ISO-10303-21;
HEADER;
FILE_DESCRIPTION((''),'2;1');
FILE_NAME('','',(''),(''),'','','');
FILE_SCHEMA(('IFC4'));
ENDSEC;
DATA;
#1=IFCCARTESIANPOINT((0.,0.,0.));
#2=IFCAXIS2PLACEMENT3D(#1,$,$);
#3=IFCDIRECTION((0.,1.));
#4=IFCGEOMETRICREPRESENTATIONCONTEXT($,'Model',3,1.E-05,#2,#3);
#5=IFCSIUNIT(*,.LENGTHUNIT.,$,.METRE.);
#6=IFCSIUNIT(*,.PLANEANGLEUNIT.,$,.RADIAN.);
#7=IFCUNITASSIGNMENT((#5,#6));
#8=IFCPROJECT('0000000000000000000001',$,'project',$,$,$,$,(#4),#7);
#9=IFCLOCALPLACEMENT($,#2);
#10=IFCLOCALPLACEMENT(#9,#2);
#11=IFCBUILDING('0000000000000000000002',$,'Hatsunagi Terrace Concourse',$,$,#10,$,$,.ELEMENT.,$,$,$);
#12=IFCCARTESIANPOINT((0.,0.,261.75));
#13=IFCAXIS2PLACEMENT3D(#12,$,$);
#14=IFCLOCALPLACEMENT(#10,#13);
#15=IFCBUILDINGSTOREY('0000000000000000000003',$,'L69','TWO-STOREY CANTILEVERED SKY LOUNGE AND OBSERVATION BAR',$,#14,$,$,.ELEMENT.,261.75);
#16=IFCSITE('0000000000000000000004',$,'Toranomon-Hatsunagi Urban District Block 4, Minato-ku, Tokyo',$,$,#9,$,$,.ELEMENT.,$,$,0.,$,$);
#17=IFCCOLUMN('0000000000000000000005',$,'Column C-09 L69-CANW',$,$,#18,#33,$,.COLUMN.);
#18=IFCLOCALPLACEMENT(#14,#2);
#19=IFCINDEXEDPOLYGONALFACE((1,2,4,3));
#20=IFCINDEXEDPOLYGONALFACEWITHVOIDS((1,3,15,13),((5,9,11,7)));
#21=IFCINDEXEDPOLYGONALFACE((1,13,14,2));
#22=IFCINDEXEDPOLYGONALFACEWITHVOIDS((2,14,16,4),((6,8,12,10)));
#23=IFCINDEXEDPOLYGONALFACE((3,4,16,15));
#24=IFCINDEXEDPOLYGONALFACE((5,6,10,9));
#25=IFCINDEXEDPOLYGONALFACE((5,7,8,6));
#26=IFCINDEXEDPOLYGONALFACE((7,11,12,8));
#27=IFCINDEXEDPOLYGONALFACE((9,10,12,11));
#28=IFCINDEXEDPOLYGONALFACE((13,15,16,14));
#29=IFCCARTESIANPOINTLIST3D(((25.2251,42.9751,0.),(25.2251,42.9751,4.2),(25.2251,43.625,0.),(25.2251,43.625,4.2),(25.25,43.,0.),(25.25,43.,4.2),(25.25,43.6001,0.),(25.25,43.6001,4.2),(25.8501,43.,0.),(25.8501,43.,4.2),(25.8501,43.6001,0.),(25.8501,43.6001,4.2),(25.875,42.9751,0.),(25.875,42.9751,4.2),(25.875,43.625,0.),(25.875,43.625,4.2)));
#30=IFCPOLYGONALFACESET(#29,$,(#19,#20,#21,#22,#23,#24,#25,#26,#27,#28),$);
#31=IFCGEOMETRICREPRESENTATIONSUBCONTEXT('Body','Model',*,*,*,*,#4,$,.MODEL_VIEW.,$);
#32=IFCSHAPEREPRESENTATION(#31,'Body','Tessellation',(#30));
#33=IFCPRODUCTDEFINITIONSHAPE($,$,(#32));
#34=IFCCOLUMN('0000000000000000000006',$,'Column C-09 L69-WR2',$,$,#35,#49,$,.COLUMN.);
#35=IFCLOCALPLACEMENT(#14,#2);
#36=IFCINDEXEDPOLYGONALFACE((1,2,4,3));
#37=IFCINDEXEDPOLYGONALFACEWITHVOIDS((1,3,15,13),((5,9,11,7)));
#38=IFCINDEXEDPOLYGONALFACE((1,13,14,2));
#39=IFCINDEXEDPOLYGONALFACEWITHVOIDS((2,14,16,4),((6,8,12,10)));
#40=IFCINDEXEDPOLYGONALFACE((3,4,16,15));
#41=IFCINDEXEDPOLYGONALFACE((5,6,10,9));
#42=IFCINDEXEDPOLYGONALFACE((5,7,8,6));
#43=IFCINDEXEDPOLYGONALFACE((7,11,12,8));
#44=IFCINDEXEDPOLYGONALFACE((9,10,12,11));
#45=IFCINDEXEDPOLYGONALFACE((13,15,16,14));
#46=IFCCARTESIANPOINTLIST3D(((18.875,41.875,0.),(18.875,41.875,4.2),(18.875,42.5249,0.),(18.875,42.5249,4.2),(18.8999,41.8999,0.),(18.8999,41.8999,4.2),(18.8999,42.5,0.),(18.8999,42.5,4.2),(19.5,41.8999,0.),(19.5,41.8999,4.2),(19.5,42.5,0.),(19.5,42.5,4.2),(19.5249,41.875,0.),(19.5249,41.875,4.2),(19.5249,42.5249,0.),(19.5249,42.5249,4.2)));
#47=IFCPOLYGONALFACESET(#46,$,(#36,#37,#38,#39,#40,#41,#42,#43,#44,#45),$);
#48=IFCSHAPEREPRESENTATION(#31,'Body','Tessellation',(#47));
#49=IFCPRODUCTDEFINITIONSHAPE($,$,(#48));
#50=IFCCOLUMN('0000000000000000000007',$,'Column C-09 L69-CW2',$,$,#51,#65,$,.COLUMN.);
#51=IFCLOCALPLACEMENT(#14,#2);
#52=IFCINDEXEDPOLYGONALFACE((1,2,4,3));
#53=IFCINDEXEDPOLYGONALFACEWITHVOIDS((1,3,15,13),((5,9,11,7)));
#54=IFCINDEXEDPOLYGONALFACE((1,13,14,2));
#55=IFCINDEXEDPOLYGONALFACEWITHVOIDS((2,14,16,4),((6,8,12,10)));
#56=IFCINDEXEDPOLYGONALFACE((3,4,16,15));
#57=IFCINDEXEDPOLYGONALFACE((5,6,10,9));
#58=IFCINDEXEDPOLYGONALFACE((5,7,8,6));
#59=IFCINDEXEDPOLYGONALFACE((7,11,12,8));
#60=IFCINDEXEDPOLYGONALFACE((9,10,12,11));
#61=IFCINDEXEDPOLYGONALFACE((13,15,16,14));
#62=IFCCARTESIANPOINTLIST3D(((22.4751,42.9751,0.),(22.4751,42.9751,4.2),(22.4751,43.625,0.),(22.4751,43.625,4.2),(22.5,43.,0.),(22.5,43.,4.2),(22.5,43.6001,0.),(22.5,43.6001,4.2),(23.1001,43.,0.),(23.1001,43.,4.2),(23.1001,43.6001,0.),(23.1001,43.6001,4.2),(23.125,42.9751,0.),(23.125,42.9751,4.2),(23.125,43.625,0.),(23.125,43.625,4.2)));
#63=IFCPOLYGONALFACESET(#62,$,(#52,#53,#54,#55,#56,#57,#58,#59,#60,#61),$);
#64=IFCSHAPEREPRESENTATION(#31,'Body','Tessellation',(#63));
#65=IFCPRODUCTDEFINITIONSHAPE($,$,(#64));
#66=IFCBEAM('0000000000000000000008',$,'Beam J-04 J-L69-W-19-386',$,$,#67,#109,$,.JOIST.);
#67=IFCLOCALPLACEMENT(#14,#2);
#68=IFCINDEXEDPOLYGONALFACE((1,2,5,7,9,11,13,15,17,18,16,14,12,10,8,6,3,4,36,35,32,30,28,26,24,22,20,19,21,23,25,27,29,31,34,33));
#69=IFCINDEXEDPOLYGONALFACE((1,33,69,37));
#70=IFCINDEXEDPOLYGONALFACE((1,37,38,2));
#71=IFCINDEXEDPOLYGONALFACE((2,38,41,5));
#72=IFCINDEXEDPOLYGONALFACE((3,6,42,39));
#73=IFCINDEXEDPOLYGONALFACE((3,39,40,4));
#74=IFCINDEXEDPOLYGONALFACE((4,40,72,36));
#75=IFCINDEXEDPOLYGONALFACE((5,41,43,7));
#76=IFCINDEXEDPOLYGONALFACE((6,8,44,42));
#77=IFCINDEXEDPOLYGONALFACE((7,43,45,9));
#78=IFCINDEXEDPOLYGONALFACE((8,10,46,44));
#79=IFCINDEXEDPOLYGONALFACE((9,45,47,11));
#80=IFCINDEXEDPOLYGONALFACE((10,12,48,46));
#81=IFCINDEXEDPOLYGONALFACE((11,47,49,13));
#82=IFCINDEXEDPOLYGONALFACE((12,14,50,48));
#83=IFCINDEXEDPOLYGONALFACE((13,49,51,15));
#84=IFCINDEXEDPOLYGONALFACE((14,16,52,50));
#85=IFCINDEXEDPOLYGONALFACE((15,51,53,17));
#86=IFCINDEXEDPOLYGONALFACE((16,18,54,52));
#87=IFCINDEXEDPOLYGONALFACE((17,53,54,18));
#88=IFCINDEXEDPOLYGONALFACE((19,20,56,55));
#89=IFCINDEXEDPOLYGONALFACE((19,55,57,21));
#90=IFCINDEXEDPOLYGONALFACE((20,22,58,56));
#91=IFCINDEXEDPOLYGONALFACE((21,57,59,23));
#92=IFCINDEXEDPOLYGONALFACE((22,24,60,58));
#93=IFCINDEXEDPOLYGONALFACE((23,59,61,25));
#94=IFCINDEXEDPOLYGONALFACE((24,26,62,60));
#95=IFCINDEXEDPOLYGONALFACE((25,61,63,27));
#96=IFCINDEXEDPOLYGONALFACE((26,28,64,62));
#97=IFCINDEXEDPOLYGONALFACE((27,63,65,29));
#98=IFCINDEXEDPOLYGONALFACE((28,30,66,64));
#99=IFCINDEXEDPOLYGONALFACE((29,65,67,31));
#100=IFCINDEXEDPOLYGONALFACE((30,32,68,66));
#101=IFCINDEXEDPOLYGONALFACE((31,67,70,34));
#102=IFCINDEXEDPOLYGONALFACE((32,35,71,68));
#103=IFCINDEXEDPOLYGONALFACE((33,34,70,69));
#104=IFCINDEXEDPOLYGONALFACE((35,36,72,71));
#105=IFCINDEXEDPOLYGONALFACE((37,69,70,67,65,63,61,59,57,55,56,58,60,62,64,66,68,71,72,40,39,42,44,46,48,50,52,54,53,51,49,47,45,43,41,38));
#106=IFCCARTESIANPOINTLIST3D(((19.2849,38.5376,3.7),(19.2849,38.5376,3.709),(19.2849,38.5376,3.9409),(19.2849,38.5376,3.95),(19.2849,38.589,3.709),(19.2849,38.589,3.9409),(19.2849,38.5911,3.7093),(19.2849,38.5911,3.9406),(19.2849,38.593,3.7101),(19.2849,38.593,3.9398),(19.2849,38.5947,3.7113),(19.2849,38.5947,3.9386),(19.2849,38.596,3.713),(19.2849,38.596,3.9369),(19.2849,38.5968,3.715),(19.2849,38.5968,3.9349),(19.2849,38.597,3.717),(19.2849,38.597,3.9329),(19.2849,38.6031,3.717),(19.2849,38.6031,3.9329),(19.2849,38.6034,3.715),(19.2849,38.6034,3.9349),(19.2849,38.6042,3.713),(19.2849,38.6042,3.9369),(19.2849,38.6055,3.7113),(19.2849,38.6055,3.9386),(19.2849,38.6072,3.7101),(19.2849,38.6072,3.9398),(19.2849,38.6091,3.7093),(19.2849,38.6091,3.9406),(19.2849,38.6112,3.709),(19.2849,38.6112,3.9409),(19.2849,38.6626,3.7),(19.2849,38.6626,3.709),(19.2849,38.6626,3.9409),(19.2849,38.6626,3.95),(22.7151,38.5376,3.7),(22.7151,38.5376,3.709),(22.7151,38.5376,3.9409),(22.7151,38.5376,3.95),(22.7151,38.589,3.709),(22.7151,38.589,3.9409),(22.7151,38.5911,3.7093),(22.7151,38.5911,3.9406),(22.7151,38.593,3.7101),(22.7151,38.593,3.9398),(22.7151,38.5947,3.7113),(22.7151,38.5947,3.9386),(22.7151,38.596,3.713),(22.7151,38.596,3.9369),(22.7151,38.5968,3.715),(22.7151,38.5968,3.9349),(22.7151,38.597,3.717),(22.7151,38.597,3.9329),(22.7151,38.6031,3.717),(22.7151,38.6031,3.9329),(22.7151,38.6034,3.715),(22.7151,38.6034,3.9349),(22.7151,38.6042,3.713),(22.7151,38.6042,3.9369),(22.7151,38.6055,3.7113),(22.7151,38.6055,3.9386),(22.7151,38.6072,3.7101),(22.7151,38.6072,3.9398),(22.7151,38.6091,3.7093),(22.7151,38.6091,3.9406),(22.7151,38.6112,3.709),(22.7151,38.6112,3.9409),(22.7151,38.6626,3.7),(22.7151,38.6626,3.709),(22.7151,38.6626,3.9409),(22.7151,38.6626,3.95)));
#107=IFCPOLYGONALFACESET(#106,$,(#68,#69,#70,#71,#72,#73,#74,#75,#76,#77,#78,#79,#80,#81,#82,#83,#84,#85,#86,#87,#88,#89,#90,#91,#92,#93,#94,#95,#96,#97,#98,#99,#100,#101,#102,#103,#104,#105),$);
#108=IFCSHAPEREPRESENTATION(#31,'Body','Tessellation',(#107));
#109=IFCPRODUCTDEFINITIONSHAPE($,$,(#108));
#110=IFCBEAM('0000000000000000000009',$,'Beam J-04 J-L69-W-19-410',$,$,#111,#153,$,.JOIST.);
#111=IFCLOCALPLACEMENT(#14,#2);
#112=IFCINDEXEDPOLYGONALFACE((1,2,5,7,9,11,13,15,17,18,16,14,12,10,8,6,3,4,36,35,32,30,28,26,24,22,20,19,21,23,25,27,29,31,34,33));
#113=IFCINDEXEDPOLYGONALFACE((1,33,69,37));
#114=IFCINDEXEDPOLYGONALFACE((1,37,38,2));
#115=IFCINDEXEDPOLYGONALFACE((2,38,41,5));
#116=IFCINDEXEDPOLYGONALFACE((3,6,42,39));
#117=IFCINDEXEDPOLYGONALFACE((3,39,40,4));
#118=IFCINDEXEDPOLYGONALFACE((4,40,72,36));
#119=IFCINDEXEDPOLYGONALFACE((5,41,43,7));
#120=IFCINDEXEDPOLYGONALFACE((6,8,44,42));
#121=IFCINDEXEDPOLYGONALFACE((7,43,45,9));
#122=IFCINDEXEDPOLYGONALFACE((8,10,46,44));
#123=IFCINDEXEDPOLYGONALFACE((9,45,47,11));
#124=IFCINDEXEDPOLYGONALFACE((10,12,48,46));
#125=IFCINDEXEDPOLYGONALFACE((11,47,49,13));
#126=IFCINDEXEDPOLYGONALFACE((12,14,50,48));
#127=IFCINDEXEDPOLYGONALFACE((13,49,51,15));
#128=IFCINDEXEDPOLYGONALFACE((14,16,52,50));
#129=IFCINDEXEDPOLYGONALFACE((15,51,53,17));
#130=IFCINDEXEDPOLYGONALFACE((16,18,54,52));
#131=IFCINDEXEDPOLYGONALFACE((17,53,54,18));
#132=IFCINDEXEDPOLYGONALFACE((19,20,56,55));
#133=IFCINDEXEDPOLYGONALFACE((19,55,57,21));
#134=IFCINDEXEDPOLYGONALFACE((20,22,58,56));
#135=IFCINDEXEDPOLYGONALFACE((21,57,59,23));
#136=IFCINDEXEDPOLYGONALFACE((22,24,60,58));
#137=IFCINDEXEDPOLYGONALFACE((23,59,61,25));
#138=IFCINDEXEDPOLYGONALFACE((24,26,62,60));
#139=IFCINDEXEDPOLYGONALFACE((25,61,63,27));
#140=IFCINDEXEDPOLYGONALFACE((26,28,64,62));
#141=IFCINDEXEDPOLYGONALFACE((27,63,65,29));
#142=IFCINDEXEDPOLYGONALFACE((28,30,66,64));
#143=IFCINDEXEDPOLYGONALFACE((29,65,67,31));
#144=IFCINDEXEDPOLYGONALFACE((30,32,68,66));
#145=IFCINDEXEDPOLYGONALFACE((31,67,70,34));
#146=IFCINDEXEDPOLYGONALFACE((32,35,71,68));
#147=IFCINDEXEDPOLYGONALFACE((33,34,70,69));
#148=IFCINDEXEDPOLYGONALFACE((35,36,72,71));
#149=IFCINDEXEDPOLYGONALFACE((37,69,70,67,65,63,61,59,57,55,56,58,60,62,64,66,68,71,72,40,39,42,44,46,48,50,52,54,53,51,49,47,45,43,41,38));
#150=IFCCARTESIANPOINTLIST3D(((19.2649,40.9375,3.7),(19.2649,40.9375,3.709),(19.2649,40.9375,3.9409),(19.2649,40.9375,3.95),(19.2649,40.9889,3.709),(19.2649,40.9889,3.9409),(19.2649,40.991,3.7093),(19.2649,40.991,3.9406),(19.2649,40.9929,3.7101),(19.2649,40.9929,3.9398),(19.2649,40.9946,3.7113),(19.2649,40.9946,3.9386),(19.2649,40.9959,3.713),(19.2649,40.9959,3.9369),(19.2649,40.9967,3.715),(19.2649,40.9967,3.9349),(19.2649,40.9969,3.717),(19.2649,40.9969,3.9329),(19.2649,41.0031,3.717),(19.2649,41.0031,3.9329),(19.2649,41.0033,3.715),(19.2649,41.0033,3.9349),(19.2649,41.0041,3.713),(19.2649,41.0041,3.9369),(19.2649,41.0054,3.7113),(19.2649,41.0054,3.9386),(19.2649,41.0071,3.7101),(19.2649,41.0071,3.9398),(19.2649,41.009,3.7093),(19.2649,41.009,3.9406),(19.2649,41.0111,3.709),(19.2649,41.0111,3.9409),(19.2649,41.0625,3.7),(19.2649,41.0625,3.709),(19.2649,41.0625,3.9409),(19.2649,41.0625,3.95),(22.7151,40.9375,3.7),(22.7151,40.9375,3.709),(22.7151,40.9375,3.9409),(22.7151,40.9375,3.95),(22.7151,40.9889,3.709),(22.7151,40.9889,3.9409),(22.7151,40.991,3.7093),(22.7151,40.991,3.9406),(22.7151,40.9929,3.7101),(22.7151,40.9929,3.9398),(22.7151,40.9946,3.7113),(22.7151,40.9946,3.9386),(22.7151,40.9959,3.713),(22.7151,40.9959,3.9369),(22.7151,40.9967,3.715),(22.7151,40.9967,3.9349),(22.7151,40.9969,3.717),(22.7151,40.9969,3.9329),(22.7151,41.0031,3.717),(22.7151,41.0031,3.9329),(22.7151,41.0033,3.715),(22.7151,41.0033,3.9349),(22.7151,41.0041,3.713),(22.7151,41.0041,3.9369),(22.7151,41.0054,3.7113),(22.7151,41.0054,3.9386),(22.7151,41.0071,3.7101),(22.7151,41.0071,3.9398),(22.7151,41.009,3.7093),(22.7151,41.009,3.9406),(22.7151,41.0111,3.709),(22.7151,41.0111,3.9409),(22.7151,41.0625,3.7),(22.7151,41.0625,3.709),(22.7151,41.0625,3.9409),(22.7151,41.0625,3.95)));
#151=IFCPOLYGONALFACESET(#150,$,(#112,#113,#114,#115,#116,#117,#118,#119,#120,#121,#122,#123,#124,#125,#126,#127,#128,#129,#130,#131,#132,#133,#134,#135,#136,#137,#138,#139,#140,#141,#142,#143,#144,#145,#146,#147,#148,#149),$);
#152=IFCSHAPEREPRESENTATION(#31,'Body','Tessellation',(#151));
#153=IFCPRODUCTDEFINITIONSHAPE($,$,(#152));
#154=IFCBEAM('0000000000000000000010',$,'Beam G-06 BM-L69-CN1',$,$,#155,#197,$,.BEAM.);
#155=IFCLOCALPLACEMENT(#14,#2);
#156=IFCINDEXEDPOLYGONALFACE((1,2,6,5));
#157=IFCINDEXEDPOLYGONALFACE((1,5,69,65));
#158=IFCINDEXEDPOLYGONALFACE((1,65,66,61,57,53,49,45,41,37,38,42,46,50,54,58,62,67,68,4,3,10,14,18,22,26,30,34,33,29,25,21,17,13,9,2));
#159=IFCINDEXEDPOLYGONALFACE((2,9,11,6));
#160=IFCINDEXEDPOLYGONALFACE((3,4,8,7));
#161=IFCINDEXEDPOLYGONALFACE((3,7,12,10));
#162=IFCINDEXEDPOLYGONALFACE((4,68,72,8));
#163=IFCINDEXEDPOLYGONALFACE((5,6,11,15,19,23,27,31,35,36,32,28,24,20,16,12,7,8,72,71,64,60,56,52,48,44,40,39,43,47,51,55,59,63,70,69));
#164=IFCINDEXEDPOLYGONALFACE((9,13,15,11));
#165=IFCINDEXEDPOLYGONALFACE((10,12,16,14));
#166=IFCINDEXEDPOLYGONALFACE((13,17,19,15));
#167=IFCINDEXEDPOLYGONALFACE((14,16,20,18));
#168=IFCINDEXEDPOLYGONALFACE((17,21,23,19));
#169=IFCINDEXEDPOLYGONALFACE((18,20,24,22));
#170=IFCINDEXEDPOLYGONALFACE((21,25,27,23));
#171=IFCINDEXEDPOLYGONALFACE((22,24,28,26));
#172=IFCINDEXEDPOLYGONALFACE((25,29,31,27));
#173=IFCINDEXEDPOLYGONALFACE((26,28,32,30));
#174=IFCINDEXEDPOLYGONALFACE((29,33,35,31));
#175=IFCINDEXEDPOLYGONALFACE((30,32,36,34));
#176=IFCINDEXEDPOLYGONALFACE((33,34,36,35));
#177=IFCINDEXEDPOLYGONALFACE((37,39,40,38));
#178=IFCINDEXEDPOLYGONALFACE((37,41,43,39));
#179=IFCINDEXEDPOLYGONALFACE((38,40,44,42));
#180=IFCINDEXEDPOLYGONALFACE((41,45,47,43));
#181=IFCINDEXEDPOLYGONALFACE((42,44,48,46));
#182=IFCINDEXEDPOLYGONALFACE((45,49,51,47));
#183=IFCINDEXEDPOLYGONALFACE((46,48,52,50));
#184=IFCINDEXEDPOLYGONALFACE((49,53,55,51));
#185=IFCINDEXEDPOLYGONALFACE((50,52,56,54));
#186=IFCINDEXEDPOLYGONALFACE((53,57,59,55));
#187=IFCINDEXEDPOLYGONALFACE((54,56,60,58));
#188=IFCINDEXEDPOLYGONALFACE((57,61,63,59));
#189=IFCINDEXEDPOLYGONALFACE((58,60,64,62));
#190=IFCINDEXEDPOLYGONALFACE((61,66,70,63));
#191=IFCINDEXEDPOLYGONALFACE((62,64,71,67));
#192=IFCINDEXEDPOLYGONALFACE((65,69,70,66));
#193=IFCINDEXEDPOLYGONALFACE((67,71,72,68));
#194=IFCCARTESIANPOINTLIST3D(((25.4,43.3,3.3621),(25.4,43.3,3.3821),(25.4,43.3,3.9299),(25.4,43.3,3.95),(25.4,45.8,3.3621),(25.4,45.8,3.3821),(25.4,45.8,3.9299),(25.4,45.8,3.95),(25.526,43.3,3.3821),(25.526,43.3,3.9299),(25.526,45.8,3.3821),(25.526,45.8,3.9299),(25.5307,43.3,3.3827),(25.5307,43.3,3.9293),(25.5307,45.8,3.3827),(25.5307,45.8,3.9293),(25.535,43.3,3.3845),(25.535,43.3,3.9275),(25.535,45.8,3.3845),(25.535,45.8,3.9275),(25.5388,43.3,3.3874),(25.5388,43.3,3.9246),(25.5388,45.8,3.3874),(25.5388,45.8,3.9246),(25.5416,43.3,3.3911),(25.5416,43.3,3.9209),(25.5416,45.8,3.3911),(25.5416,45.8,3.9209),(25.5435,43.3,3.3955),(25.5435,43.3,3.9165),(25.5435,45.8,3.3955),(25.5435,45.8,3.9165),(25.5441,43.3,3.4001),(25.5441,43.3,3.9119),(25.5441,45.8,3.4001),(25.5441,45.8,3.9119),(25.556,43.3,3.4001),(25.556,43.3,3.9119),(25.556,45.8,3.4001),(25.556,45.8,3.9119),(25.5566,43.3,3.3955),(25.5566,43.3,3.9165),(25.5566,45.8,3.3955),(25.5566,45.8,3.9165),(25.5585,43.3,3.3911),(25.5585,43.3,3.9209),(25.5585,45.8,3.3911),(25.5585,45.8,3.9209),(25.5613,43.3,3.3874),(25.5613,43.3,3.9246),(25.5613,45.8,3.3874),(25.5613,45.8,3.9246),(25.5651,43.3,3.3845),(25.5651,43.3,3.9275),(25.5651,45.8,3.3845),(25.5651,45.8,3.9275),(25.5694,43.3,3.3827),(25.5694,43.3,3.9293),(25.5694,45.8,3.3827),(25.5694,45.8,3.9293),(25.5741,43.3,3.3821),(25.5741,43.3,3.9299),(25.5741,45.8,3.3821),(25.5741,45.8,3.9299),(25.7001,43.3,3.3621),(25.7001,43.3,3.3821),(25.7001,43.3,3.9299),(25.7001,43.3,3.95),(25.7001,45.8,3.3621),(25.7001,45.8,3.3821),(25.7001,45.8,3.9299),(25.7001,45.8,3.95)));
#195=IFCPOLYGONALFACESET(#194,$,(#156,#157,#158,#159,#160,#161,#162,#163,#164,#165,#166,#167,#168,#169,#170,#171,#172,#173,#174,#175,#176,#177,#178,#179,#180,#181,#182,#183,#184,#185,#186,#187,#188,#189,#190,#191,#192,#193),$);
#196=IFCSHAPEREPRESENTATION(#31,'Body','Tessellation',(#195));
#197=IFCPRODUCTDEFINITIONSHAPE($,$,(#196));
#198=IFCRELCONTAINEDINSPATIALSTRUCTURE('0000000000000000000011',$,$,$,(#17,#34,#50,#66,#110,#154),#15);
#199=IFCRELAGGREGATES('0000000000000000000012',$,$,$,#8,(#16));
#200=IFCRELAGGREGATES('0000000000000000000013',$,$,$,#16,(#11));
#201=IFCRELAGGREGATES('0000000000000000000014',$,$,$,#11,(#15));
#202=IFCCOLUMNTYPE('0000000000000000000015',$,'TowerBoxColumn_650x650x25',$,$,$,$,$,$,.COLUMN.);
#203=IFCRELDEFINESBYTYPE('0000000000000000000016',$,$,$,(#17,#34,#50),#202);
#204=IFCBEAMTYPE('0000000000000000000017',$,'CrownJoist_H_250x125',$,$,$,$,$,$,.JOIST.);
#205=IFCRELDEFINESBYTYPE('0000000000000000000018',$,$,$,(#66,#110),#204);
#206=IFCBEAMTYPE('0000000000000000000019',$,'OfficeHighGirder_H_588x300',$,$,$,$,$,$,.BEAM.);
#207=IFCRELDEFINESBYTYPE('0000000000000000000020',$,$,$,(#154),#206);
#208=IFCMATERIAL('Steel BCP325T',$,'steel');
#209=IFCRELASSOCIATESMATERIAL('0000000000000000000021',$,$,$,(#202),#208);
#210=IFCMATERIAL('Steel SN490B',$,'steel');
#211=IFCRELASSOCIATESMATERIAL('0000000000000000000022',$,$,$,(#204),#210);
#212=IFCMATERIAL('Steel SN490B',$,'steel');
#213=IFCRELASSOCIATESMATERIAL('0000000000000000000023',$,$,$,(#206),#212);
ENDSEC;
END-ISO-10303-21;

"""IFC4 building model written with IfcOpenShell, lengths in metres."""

from ifc_helpers import new_model, si_unit, direction, frame, origin, origin_2d, place, context, subcontext, project, spatial, hollow_rectangle, i_section, extrude, material, material_profile, profile_set, type_object, element, save


model = new_model("IFC4")

# Units and contexts
model_context = context("Model", 3, precision=1e-05, world=origin(), true_north=direction((0.0, 1.0)))
body_context = subcontext(model_context, "Body", "Model", "MODEL_VIEW")
ifc_project = project(units=[si_unit("LENGTHUNIT", "METRE"), si_unit("PLANEANGLEUNIT", "RADIAN")], contexts=[model_context])

# Site, building, storey
site_placement = place(None, origin())
site = spatial("IfcSite", under=ifc_project, at=site_placement, Name="Toranomon-Hatsunagi Urban District Block 4, Minato-ku, Tokyo", CompositionType="ELEMENT", RefElevation=0.0)
building_placement = place(site_placement, origin())
building = spatial("IfcBuilding", under=site, at=building_placement, Name="Hatsunagi Terrace Concourse", CompositionType="ELEMENT")
storey_placement = place(building_placement, frame((0.0, 0.0, 261.75)))
storey = spatial("IfcBuildingStorey", under=building, at=storey_placement, Name="L69", Description="TWO-STOREY CANTILEVERED SKY LOUNGE AND OBSERVATION BAR", CompositionType="ELEMENT", Elevation=261.75)

# Columns
ifc_material_1 = material(Name="Steel BCP325T", Category="steel")
ifc_material_profile_1 = material_profile(ifc_material_1, hollow_rectangle(XDim=0.6499, YDim=0.6499, WallThickness=0.0249, at=origin_2d()), Name="BCP-650x650x25")
ifc_profile_set_1 = profile_set([ifc_material_profile_1], Name="Steel BCP325T")
column_type = type_object("IfcColumnType", Name="TowerBoxColumn_650x650x25", PredefinedType="COLUMN", material=ifc_profile_set_1)
for number, where, z_axis, x_axis, name in (
    (1, (25.55, 43.3, 0.0), (0.0, 0.0, 1.0), (1.0, 0.0, 0.0), "Column C-09 L69-CANW"),
    (2, (19.2, 42.2, 0.0), (0.0, 0.0, 1.0), (1.0, 0.0, 0.0), "Column C-09 L69-WR2"),
    (3, (22.8, 43.3, 0.0), (0.0, 0.0, 1.0), (1.0, 0.0, 0.0), "Column C-09 L69-CW2"),
):
    element("IfcColumn", number, at=place(storey_placement, frame(where, z_axis=z_axis, x_axis=x_axis)), inside=storey, type_object=column_type, Name=name, PredefinedType="COLUMN", context=body_context, shape_type="SweptSolid", body=[
        extrude(hollow_rectangle(XDim=0.6499, YDim=0.6499, WallThickness=0.0249, at=origin_2d()), origin(), (0.0, 0.0, 1.0), 4.2),
    ])

# Beams
ifc_material_2 = material(Name="Steel SN490B", Category="steel")
ifc_material_profile_2 = material_profile(ifc_material_2, i_section(OverallWidth=0.125, OverallDepth=0.25, WebThickness=0.0061, FlangeThickness=0.009, FilletRadius=0.0081, at=origin_2d()), Name="H-250x125x6x9")
ifc_profile_set_2 = profile_set([ifc_material_profile_2], Name="Steel SN490B")
beam_type_1 = type_object("IfcBeamType", Name="CrownJoist_H_250x125", PredefinedType="JOIST", material=ifc_profile_set_2)
beam_1_placement = place(storey_placement, frame((19.2849, 38.6001, 3.825), z_axis=(1.0, 0.0, 0.0), x_axis=(0.0, 1.0, 0.0)))
element("IfcBeam", 4, at=beam_1_placement, inside=storey, type_object=beam_type_1, Name="Beam J-04 J-L69-W-19-386", PredefinedType="JOIST", context=body_context, shape_type="SweptSolid", body=[
    extrude(i_section(OverallWidth=0.125, OverallDepth=0.25, WebThickness=0.0061, FlangeThickness=0.009, FilletRadius=0.0081, at=origin_2d()), origin(), (0.0, 0.0, 1.0), 3.4302),
])
beam_2_placement = place(storey_placement, frame((19.2649, 41.0, 3.825), z_axis=(1.0, 0.0, 0.0), x_axis=(0.0, 1.0, 0.0)))
element("IfcBeam", 5, at=beam_2_placement, inside=storey, type_object=beam_type_1, Name="Beam J-04 J-L69-W-19-410", PredefinedType="JOIST", context=body_context, shape_type="SweptSolid", body=[
    extrude(i_section(OverallWidth=0.125, OverallDepth=0.25, WebThickness=0.0061, FlangeThickness=0.009, FilletRadius=0.0081, at=origin_2d()), origin(), (0.0, 0.0, 1.0), 3.4502),
])
ifc_material_3 = material(Name="Steel SN490B", Category="steel")
ifc_material_profile_3 = material_profile(ifc_material_3, i_section(OverallWidth=0.3, OverallDepth=0.5879, WebThickness=0.012, FlangeThickness=0.02, FilletRadius=0.0181, at=origin_2d()), Name="H-588x300x12x20")
ifc_profile_set_3 = profile_set([ifc_material_profile_3], Name="Steel SN490B")
beam_type_2 = type_object("IfcBeamType", Name="OfficeHighGirder_H_588x300", PredefinedType="BEAM", material=ifc_profile_set_3)
beam_3_placement = place(storey_placement, frame((25.55, 43.3, 3.656), z_axis=(0.0, 1.0, 0.0), x_axis=(-1.0, 0.0, 0.0)))
element("IfcBeam", 6, at=beam_3_placement, inside=storey, type_object=beam_type_2, Name="Beam G-06 BM-L69-CN1", PredefinedType="BEAM", context=body_context, shape_type="SweptSolid", body=[
    extrude(i_section(OverallWidth=0.3, OverallDepth=0.5879, WebThickness=0.012, FlangeThickness=0.02, FilletRadius=0.0181, at=origin_2d()), origin(), (0.0, 0.0, 1.0), 2.5),
])

save(model, "model.ifc")
